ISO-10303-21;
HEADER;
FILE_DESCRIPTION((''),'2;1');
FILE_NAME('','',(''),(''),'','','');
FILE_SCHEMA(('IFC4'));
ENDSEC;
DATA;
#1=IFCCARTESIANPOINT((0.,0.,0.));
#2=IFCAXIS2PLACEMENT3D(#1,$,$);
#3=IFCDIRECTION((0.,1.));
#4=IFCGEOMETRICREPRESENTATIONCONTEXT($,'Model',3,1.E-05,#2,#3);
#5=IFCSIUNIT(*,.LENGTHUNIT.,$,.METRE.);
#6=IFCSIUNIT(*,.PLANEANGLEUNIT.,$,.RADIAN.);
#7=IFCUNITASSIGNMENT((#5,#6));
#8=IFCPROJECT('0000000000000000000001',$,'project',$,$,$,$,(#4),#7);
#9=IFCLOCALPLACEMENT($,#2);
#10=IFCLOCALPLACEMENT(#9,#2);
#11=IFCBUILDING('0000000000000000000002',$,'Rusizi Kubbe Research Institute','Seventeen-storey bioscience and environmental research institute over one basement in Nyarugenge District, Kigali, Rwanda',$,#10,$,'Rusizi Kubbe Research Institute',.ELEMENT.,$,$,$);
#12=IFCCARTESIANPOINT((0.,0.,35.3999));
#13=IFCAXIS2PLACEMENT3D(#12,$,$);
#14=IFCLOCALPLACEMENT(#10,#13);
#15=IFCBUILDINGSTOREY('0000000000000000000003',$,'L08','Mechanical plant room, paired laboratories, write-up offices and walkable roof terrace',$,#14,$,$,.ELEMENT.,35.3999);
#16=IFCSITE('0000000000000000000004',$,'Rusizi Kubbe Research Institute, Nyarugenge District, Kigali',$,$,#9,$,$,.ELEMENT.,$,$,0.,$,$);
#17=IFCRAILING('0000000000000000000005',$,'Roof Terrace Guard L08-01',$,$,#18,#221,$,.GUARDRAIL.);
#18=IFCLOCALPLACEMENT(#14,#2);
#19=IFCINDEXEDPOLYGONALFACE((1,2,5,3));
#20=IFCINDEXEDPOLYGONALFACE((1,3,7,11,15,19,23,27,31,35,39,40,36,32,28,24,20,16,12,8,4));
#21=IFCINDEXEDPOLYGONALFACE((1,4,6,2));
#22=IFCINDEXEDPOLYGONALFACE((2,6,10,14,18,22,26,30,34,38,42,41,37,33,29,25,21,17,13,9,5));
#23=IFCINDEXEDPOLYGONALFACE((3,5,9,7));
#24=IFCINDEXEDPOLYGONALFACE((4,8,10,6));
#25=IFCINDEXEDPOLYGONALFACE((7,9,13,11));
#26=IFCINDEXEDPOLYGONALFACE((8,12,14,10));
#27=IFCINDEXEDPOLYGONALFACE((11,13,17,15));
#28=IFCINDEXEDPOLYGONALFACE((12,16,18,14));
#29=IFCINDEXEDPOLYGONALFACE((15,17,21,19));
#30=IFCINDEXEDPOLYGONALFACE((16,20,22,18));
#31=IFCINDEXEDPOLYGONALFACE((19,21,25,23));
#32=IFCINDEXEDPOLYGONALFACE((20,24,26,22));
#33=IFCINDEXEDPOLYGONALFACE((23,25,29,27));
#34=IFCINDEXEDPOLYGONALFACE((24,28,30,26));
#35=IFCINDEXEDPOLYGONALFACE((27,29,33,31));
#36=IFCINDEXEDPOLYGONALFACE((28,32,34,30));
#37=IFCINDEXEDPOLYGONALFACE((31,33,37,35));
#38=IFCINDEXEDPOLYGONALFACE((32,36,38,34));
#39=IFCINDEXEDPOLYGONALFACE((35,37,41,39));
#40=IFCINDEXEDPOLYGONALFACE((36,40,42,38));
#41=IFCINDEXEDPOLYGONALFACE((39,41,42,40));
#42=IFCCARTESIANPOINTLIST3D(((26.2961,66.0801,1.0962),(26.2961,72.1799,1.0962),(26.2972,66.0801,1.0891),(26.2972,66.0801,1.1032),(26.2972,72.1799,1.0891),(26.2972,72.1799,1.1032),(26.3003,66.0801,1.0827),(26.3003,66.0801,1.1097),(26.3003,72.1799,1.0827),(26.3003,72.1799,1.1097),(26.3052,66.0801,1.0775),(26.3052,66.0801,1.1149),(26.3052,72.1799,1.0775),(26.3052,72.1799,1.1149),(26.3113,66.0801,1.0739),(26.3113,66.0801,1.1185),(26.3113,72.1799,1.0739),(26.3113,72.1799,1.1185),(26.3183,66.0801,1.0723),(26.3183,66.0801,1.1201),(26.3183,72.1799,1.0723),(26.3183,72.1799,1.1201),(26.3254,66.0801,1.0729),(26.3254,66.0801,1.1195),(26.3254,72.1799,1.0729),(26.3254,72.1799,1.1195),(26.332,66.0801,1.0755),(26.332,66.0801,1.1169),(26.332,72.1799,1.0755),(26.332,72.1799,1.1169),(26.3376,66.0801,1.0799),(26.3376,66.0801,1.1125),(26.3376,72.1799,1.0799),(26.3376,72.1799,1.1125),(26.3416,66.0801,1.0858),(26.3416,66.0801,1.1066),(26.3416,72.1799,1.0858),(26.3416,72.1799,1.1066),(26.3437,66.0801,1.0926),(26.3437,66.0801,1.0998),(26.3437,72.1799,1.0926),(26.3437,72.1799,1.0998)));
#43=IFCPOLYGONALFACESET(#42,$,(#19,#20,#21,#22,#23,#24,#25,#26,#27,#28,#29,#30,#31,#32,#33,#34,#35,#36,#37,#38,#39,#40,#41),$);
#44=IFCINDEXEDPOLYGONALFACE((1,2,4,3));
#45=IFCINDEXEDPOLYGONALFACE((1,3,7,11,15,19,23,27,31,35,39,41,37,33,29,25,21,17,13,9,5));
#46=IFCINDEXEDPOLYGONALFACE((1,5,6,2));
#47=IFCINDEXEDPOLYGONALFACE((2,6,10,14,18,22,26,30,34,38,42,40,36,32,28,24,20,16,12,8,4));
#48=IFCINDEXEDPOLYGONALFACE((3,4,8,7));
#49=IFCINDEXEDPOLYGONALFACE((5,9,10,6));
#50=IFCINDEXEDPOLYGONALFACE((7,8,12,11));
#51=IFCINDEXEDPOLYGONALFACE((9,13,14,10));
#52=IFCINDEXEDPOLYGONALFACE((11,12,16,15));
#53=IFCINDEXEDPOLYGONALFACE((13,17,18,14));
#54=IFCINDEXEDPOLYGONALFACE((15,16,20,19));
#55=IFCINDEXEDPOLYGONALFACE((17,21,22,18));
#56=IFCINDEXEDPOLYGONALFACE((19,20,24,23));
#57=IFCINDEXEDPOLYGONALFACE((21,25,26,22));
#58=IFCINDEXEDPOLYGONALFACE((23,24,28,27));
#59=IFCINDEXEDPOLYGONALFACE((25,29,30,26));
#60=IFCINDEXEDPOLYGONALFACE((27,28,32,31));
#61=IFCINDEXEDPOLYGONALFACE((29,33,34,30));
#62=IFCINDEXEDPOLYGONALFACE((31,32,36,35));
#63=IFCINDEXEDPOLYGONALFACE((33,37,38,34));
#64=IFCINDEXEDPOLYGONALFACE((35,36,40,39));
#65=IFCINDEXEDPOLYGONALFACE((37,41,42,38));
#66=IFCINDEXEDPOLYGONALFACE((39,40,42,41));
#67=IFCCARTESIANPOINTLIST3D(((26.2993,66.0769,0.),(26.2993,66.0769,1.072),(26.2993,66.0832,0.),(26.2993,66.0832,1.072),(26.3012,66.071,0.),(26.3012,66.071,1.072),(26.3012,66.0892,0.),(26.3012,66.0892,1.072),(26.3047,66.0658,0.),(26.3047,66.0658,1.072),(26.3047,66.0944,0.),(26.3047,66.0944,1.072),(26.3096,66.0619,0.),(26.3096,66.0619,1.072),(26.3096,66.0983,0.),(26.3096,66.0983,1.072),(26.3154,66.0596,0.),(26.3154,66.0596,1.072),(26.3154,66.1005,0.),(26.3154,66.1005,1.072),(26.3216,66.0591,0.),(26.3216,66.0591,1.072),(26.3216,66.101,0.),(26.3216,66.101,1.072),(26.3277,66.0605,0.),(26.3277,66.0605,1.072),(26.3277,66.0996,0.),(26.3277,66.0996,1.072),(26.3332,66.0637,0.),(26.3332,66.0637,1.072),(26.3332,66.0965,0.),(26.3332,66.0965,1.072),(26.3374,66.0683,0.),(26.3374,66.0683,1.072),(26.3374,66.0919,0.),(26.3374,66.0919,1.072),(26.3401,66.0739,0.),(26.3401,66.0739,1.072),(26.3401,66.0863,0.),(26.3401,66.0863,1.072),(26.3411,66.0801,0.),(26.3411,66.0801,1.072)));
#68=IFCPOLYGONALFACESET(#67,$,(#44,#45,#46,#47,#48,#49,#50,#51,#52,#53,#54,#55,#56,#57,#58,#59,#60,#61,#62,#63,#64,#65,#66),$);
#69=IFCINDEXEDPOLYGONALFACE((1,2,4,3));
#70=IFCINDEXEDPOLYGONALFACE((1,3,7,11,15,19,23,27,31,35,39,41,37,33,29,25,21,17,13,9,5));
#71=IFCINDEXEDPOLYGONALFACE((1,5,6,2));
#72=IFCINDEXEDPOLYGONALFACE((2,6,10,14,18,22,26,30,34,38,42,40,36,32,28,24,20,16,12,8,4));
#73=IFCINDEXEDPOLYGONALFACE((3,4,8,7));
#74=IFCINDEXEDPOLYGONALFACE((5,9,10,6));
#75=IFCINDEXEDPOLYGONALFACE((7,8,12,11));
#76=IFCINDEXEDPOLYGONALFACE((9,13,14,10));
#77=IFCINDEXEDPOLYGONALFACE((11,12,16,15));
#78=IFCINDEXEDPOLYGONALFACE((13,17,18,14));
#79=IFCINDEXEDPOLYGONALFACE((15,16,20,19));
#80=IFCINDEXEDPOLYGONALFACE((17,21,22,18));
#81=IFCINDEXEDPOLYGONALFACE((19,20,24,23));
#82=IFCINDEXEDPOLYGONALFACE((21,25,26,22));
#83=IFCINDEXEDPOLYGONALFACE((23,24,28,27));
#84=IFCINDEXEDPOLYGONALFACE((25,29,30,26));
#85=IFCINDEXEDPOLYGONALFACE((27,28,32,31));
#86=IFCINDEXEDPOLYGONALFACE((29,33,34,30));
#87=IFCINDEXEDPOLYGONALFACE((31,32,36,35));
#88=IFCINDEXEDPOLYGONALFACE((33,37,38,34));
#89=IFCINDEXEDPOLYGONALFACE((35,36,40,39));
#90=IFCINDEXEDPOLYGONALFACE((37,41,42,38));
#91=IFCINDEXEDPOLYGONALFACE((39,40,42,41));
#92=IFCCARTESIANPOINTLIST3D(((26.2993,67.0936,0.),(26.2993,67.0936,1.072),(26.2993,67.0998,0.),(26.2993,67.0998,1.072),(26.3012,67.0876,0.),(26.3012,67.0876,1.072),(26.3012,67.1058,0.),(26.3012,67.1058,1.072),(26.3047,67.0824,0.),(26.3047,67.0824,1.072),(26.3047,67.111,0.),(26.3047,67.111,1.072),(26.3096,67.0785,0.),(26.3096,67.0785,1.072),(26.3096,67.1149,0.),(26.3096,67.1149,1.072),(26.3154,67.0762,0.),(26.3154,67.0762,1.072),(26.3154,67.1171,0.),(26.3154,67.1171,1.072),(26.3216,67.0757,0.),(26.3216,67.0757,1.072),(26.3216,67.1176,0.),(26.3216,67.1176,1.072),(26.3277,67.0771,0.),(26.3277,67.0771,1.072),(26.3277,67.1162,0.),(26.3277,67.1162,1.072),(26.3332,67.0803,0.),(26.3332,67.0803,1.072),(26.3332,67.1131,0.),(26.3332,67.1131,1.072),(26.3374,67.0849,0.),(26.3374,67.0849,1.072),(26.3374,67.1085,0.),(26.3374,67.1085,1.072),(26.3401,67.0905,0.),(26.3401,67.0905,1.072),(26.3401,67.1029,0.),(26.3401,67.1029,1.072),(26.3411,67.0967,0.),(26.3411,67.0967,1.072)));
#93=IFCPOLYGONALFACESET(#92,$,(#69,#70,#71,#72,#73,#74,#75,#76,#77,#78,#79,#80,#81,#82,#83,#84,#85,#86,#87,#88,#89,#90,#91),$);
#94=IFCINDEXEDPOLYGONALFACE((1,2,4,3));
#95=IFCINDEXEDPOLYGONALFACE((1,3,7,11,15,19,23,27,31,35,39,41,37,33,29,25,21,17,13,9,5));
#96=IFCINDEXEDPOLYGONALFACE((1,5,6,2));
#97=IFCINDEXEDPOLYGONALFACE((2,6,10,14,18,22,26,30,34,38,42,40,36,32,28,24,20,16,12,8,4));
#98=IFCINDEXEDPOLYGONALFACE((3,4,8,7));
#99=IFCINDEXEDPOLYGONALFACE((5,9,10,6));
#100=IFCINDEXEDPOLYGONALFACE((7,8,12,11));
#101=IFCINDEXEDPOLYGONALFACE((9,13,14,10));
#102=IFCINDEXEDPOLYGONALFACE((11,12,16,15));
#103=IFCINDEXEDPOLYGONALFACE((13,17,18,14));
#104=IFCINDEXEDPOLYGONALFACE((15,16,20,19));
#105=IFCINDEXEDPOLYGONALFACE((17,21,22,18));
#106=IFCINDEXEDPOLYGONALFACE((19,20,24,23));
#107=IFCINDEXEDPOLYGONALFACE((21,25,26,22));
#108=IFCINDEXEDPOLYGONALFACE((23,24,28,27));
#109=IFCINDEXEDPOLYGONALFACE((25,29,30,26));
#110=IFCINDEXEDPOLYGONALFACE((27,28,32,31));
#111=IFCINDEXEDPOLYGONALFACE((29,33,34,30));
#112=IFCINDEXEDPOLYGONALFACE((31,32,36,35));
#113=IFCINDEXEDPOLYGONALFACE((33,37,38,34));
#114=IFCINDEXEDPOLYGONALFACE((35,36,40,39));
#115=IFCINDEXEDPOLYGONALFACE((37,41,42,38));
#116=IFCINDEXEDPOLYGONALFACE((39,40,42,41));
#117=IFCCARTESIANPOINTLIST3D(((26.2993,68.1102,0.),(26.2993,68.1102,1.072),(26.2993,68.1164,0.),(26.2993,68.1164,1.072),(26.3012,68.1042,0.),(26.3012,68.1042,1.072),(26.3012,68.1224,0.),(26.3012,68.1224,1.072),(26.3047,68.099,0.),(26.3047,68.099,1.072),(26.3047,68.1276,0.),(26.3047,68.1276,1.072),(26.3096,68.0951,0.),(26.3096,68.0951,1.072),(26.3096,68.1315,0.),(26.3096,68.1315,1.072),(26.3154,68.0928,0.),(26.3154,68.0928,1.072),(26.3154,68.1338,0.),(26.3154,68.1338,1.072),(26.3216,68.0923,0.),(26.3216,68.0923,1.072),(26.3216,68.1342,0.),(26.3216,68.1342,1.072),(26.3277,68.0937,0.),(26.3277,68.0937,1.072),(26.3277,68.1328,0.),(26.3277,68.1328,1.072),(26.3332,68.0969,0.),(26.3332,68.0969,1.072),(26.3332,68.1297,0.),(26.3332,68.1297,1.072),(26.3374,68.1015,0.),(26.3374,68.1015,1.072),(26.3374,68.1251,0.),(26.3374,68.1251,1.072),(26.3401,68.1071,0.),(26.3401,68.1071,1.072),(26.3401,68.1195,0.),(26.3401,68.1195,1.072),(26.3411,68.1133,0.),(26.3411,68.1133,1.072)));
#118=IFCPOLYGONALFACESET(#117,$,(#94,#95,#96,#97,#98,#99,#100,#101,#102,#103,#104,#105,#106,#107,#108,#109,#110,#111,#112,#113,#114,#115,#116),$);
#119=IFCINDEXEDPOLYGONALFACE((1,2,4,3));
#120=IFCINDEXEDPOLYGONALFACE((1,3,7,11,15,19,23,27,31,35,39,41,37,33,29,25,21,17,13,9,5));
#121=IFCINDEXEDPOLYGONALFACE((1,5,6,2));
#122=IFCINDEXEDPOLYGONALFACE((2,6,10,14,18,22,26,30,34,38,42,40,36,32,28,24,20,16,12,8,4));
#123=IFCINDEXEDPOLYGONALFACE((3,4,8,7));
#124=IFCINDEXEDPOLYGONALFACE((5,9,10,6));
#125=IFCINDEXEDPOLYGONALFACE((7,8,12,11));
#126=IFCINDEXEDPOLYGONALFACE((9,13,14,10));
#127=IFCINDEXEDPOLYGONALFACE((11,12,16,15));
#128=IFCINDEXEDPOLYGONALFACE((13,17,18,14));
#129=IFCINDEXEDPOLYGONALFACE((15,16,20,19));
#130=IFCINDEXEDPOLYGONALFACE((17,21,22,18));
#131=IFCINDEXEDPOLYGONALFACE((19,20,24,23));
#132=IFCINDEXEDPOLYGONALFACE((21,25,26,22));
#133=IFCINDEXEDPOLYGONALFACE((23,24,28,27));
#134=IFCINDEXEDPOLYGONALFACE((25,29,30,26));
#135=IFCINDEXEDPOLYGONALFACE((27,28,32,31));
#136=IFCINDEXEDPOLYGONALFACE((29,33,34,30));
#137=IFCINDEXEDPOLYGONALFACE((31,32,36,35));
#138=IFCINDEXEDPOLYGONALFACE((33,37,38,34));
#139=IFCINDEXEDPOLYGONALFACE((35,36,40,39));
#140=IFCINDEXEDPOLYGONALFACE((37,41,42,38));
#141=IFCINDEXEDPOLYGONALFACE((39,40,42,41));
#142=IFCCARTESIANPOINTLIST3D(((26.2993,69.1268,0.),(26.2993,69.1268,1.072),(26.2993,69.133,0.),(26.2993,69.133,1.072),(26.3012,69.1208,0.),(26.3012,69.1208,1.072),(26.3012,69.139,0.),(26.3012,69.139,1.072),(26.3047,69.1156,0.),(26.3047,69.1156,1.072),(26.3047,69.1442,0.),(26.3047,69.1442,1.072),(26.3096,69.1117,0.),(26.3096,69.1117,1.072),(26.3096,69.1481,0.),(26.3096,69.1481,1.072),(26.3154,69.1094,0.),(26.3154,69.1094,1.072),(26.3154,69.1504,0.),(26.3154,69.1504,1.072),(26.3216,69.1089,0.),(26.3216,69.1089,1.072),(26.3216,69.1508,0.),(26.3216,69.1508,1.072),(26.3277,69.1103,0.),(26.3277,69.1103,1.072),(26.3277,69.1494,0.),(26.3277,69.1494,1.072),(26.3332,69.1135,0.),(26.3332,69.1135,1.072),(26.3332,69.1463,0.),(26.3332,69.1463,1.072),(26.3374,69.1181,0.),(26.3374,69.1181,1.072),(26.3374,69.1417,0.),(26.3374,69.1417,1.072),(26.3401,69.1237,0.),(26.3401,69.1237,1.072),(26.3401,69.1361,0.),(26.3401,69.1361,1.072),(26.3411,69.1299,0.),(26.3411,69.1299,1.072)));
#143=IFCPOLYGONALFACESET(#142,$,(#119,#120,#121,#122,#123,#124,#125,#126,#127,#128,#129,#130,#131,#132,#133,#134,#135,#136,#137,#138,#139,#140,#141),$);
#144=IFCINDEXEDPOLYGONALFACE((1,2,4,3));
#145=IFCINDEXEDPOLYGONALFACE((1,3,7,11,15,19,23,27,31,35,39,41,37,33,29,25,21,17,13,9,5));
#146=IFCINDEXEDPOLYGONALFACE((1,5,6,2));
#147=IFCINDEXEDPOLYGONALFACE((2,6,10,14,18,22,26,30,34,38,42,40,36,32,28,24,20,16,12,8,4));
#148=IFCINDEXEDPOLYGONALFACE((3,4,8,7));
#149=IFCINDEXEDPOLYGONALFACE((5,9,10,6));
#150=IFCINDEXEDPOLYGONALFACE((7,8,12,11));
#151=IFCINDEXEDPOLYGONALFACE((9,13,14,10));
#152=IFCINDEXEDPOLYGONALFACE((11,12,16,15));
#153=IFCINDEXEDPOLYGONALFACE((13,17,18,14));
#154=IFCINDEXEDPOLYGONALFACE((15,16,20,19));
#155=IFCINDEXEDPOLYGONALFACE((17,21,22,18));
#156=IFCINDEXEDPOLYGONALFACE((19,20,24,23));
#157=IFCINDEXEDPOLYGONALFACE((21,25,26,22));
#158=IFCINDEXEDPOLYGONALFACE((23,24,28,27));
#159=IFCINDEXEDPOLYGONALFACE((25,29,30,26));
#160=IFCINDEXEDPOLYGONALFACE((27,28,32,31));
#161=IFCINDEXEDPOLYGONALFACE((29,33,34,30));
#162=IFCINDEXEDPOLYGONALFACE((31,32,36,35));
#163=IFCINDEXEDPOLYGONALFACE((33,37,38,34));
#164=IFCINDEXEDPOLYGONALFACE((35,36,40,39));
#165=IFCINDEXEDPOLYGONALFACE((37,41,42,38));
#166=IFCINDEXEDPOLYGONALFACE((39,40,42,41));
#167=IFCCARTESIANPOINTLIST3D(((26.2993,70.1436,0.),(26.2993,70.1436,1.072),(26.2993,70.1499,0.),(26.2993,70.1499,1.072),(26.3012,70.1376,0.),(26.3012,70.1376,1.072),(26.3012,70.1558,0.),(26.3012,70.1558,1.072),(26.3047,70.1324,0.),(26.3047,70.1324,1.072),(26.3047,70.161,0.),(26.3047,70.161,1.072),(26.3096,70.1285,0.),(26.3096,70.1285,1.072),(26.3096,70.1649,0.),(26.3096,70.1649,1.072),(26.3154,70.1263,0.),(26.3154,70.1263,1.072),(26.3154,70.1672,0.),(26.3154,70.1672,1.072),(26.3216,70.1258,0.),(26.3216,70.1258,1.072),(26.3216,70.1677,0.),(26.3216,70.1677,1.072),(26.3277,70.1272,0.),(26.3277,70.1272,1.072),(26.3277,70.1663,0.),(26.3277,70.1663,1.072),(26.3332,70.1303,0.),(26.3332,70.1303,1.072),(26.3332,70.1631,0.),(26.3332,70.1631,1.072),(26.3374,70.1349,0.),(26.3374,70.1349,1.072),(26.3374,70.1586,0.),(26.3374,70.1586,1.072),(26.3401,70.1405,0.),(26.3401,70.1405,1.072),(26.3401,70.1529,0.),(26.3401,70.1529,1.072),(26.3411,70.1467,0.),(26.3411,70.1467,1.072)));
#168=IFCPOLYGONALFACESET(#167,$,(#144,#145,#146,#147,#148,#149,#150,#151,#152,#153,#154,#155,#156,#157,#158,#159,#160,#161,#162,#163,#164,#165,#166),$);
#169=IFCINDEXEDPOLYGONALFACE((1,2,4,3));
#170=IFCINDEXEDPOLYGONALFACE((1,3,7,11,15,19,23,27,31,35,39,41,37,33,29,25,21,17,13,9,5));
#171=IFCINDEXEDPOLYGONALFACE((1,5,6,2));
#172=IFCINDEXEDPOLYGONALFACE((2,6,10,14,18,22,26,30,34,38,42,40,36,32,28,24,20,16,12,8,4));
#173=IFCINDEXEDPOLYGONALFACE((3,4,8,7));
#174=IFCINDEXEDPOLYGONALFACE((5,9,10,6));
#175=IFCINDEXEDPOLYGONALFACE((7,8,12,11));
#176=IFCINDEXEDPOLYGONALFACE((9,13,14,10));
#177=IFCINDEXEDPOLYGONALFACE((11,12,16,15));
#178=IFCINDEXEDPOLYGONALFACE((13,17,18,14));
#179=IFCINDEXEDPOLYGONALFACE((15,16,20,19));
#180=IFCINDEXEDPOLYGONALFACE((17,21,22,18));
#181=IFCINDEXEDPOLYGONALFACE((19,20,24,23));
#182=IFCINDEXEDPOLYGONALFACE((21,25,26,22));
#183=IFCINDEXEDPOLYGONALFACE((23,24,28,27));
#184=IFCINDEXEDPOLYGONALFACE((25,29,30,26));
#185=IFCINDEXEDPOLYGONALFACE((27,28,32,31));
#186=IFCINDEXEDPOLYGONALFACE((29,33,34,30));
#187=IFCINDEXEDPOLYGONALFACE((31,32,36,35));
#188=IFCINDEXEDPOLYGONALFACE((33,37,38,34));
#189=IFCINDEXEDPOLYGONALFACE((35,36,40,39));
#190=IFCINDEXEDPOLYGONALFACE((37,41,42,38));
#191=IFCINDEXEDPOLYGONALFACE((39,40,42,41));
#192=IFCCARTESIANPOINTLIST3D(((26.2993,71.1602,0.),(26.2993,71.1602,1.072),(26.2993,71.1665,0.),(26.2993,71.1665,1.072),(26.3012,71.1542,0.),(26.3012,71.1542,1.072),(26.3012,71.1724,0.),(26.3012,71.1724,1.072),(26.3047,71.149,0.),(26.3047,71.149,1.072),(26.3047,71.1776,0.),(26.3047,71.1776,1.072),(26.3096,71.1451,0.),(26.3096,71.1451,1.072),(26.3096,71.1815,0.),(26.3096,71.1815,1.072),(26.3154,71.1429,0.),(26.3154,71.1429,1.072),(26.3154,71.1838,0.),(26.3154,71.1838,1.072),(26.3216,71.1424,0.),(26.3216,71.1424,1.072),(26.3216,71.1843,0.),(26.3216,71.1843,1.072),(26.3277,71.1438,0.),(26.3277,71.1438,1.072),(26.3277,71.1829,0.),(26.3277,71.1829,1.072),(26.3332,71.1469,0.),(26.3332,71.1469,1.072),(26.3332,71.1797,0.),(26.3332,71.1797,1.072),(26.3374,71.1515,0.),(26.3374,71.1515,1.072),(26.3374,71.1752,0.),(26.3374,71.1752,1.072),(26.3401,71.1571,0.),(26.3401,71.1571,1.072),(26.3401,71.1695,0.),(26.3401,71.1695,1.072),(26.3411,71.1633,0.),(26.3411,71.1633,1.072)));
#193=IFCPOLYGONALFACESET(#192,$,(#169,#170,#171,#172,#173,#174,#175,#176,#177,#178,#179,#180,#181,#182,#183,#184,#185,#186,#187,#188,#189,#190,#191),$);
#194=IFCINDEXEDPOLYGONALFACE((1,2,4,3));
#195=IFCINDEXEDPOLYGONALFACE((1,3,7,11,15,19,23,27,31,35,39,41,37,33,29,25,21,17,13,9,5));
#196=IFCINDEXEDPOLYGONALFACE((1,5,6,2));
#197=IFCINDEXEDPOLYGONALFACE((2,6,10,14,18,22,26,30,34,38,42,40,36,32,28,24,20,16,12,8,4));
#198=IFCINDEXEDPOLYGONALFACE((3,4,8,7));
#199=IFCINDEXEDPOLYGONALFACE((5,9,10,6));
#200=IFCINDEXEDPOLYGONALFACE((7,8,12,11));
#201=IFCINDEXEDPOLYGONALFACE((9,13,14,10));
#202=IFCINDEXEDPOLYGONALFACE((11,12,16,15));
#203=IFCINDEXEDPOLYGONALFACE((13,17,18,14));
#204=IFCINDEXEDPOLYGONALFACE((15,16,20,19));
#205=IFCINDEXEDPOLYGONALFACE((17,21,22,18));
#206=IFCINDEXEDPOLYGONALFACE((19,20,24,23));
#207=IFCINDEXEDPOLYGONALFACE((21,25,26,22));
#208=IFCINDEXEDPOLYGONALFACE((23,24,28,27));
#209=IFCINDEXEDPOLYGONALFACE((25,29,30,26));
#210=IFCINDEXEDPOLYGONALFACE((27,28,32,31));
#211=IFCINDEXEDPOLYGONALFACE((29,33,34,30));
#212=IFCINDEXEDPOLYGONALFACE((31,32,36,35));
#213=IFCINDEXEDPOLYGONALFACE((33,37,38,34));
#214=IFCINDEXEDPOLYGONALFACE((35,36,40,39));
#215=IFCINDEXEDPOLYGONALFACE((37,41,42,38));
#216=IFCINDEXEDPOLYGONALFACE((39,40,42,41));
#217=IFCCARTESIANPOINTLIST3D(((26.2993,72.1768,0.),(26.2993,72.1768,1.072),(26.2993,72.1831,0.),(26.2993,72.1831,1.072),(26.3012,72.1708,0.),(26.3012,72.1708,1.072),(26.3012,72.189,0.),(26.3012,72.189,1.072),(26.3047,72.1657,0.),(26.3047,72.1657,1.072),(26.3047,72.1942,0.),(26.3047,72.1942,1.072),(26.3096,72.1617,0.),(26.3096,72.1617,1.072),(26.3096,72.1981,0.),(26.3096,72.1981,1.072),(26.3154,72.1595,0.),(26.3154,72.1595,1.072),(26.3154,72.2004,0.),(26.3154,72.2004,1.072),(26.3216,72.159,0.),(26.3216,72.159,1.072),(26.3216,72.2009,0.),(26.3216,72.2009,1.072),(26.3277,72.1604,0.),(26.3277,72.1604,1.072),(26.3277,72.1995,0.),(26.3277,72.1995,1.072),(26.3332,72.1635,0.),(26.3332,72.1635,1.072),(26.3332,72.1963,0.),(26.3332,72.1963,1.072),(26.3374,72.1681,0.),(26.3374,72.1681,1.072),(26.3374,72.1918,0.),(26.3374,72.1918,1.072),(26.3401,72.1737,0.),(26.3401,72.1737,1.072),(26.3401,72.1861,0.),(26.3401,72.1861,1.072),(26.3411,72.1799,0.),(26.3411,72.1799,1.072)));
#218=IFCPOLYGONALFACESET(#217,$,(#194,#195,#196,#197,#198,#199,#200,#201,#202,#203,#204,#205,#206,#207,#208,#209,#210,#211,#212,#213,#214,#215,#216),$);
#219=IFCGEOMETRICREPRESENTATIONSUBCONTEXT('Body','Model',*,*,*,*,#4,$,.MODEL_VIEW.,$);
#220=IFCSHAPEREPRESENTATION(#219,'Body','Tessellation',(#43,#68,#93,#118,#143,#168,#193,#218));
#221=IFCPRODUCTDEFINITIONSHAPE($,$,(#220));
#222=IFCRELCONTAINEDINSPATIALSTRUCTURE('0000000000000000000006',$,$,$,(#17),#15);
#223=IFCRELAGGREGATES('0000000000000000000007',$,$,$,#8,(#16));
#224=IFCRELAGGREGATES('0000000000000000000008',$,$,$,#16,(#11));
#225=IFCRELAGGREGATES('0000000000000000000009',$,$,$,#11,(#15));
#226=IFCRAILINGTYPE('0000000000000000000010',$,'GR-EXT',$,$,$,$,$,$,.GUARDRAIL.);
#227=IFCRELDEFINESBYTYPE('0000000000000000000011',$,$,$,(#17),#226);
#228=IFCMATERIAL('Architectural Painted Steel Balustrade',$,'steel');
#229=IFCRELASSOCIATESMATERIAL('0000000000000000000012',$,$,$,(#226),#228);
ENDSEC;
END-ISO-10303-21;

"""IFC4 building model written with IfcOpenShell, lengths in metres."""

from ifc_helpers import new_model, si_unit, direction, frame, origin, origin_2d, place, context, subcontext, project, spatial, circle, extrude, material, type_object, element, save


model = new_model("IFC4")

# Units and contexts
model_context = context("Model", 3, precision=1e-05, world=origin(), true_north=direction((0.0, 1.0)))
body_context = subcontext(model_context, "Body", "Model", "MODEL_VIEW")
ifc_project = project(units=[si_unit("LENGTHUNIT", "METRE"), si_unit("PLANEANGLEUNIT", "RADIAN")], contexts=[model_context])

# Site, building, storey
site_placement = place(None, origin())
site = spatial("IfcSite", under=ifc_project, at=site_placement, Name="Rusizi Kubbe Research Institute, Nyarugenge District, Kigali", CompositionType="ELEMENT", RefElevation=0.0)
building_placement = place(site_placement, origin())
building = spatial("IfcBuilding", under=site, at=building_placement, Name="Rusizi Kubbe Research Institute", Description="Seventeen-storey bioscience and environmental research institute over one basement in Nyarugenge District, Kigali, Rwanda", LongName="Rusizi Kubbe Research Institute", CompositionType="ELEMENT")
storey_placement = place(building_placement, frame((0.0, 0.0, 35.3999)))
storey = spatial("IfcBuildingStorey", under=building, at=storey_placement, Name="L08", Description="Mechanical plant room, paired laboratories, write-up offices and walkable roof terrace", CompositionType="ELEMENT", Elevation=35.3999)

# Railing
ifc_material_1 = material(Name="Architectural Painted Steel Balustrade", Category="steel")
railing_type_1 = type_object("IfcRailingType", Name="GR-EXT", PredefinedType="GUARDRAIL", material=ifc_material_1)
railing_1_placement = place(storey_placement, frame((26.3201, 66.0801, 0.0)))
element("IfcRailing", 1, at=railing_1_placement, inside=storey, type_object=railing_type_1, Name="Roof Terrace Guard L08-01", PredefinedType="GUARDRAIL", context=body_context, shape_type="SweptSolid", body=[
    extrude(circle(Radius=0.0239, at=origin_2d()), frame((0.0, 0.0, 1.0962), z_axis=(0.0, 1.0, 0.0), x_axis=(-1.0, 0.0, 0.0)), (0.0, 0.0, 1.0), 6.0999),
    extrude(circle(Radius=0.021, at=origin_2d()), origin(), (0.0, 0.0, 1.0), 1.072),
    extrude(circle(Radius=0.021, at=origin_2d()), frame((0.0, 1.0166, 0.0)), (0.0, 0.0, 1.0), 1.072),
    extrude(circle(Radius=0.021, at=origin_2d()), frame((0.0, 2.0332, 0.0)), (0.0, 0.0, 1.0), 1.072),
    extrude(circle(Radius=0.021, at=origin_2d()), frame((0.0, 3.0498, 0.0)), (0.0, 0.0, 1.0), 1.072),
    extrude(circle(Radius=0.021, at=origin_2d()), frame((0.0, 4.0667, 0.0)), (0.0, 0.0, 1.0), 1.072),
    extrude(circle(Radius=0.021, at=origin_2d()), frame((0.0, 5.0833, 0.0)), (0.0, 0.0, 1.0), 1.072),
    extrude(circle(Radius=0.021, at=origin_2d()), frame((0.0, 6.0999, 0.0)), (0.0, 0.0, 1.0), 1.072),
])

save(model, "model.ifc")
